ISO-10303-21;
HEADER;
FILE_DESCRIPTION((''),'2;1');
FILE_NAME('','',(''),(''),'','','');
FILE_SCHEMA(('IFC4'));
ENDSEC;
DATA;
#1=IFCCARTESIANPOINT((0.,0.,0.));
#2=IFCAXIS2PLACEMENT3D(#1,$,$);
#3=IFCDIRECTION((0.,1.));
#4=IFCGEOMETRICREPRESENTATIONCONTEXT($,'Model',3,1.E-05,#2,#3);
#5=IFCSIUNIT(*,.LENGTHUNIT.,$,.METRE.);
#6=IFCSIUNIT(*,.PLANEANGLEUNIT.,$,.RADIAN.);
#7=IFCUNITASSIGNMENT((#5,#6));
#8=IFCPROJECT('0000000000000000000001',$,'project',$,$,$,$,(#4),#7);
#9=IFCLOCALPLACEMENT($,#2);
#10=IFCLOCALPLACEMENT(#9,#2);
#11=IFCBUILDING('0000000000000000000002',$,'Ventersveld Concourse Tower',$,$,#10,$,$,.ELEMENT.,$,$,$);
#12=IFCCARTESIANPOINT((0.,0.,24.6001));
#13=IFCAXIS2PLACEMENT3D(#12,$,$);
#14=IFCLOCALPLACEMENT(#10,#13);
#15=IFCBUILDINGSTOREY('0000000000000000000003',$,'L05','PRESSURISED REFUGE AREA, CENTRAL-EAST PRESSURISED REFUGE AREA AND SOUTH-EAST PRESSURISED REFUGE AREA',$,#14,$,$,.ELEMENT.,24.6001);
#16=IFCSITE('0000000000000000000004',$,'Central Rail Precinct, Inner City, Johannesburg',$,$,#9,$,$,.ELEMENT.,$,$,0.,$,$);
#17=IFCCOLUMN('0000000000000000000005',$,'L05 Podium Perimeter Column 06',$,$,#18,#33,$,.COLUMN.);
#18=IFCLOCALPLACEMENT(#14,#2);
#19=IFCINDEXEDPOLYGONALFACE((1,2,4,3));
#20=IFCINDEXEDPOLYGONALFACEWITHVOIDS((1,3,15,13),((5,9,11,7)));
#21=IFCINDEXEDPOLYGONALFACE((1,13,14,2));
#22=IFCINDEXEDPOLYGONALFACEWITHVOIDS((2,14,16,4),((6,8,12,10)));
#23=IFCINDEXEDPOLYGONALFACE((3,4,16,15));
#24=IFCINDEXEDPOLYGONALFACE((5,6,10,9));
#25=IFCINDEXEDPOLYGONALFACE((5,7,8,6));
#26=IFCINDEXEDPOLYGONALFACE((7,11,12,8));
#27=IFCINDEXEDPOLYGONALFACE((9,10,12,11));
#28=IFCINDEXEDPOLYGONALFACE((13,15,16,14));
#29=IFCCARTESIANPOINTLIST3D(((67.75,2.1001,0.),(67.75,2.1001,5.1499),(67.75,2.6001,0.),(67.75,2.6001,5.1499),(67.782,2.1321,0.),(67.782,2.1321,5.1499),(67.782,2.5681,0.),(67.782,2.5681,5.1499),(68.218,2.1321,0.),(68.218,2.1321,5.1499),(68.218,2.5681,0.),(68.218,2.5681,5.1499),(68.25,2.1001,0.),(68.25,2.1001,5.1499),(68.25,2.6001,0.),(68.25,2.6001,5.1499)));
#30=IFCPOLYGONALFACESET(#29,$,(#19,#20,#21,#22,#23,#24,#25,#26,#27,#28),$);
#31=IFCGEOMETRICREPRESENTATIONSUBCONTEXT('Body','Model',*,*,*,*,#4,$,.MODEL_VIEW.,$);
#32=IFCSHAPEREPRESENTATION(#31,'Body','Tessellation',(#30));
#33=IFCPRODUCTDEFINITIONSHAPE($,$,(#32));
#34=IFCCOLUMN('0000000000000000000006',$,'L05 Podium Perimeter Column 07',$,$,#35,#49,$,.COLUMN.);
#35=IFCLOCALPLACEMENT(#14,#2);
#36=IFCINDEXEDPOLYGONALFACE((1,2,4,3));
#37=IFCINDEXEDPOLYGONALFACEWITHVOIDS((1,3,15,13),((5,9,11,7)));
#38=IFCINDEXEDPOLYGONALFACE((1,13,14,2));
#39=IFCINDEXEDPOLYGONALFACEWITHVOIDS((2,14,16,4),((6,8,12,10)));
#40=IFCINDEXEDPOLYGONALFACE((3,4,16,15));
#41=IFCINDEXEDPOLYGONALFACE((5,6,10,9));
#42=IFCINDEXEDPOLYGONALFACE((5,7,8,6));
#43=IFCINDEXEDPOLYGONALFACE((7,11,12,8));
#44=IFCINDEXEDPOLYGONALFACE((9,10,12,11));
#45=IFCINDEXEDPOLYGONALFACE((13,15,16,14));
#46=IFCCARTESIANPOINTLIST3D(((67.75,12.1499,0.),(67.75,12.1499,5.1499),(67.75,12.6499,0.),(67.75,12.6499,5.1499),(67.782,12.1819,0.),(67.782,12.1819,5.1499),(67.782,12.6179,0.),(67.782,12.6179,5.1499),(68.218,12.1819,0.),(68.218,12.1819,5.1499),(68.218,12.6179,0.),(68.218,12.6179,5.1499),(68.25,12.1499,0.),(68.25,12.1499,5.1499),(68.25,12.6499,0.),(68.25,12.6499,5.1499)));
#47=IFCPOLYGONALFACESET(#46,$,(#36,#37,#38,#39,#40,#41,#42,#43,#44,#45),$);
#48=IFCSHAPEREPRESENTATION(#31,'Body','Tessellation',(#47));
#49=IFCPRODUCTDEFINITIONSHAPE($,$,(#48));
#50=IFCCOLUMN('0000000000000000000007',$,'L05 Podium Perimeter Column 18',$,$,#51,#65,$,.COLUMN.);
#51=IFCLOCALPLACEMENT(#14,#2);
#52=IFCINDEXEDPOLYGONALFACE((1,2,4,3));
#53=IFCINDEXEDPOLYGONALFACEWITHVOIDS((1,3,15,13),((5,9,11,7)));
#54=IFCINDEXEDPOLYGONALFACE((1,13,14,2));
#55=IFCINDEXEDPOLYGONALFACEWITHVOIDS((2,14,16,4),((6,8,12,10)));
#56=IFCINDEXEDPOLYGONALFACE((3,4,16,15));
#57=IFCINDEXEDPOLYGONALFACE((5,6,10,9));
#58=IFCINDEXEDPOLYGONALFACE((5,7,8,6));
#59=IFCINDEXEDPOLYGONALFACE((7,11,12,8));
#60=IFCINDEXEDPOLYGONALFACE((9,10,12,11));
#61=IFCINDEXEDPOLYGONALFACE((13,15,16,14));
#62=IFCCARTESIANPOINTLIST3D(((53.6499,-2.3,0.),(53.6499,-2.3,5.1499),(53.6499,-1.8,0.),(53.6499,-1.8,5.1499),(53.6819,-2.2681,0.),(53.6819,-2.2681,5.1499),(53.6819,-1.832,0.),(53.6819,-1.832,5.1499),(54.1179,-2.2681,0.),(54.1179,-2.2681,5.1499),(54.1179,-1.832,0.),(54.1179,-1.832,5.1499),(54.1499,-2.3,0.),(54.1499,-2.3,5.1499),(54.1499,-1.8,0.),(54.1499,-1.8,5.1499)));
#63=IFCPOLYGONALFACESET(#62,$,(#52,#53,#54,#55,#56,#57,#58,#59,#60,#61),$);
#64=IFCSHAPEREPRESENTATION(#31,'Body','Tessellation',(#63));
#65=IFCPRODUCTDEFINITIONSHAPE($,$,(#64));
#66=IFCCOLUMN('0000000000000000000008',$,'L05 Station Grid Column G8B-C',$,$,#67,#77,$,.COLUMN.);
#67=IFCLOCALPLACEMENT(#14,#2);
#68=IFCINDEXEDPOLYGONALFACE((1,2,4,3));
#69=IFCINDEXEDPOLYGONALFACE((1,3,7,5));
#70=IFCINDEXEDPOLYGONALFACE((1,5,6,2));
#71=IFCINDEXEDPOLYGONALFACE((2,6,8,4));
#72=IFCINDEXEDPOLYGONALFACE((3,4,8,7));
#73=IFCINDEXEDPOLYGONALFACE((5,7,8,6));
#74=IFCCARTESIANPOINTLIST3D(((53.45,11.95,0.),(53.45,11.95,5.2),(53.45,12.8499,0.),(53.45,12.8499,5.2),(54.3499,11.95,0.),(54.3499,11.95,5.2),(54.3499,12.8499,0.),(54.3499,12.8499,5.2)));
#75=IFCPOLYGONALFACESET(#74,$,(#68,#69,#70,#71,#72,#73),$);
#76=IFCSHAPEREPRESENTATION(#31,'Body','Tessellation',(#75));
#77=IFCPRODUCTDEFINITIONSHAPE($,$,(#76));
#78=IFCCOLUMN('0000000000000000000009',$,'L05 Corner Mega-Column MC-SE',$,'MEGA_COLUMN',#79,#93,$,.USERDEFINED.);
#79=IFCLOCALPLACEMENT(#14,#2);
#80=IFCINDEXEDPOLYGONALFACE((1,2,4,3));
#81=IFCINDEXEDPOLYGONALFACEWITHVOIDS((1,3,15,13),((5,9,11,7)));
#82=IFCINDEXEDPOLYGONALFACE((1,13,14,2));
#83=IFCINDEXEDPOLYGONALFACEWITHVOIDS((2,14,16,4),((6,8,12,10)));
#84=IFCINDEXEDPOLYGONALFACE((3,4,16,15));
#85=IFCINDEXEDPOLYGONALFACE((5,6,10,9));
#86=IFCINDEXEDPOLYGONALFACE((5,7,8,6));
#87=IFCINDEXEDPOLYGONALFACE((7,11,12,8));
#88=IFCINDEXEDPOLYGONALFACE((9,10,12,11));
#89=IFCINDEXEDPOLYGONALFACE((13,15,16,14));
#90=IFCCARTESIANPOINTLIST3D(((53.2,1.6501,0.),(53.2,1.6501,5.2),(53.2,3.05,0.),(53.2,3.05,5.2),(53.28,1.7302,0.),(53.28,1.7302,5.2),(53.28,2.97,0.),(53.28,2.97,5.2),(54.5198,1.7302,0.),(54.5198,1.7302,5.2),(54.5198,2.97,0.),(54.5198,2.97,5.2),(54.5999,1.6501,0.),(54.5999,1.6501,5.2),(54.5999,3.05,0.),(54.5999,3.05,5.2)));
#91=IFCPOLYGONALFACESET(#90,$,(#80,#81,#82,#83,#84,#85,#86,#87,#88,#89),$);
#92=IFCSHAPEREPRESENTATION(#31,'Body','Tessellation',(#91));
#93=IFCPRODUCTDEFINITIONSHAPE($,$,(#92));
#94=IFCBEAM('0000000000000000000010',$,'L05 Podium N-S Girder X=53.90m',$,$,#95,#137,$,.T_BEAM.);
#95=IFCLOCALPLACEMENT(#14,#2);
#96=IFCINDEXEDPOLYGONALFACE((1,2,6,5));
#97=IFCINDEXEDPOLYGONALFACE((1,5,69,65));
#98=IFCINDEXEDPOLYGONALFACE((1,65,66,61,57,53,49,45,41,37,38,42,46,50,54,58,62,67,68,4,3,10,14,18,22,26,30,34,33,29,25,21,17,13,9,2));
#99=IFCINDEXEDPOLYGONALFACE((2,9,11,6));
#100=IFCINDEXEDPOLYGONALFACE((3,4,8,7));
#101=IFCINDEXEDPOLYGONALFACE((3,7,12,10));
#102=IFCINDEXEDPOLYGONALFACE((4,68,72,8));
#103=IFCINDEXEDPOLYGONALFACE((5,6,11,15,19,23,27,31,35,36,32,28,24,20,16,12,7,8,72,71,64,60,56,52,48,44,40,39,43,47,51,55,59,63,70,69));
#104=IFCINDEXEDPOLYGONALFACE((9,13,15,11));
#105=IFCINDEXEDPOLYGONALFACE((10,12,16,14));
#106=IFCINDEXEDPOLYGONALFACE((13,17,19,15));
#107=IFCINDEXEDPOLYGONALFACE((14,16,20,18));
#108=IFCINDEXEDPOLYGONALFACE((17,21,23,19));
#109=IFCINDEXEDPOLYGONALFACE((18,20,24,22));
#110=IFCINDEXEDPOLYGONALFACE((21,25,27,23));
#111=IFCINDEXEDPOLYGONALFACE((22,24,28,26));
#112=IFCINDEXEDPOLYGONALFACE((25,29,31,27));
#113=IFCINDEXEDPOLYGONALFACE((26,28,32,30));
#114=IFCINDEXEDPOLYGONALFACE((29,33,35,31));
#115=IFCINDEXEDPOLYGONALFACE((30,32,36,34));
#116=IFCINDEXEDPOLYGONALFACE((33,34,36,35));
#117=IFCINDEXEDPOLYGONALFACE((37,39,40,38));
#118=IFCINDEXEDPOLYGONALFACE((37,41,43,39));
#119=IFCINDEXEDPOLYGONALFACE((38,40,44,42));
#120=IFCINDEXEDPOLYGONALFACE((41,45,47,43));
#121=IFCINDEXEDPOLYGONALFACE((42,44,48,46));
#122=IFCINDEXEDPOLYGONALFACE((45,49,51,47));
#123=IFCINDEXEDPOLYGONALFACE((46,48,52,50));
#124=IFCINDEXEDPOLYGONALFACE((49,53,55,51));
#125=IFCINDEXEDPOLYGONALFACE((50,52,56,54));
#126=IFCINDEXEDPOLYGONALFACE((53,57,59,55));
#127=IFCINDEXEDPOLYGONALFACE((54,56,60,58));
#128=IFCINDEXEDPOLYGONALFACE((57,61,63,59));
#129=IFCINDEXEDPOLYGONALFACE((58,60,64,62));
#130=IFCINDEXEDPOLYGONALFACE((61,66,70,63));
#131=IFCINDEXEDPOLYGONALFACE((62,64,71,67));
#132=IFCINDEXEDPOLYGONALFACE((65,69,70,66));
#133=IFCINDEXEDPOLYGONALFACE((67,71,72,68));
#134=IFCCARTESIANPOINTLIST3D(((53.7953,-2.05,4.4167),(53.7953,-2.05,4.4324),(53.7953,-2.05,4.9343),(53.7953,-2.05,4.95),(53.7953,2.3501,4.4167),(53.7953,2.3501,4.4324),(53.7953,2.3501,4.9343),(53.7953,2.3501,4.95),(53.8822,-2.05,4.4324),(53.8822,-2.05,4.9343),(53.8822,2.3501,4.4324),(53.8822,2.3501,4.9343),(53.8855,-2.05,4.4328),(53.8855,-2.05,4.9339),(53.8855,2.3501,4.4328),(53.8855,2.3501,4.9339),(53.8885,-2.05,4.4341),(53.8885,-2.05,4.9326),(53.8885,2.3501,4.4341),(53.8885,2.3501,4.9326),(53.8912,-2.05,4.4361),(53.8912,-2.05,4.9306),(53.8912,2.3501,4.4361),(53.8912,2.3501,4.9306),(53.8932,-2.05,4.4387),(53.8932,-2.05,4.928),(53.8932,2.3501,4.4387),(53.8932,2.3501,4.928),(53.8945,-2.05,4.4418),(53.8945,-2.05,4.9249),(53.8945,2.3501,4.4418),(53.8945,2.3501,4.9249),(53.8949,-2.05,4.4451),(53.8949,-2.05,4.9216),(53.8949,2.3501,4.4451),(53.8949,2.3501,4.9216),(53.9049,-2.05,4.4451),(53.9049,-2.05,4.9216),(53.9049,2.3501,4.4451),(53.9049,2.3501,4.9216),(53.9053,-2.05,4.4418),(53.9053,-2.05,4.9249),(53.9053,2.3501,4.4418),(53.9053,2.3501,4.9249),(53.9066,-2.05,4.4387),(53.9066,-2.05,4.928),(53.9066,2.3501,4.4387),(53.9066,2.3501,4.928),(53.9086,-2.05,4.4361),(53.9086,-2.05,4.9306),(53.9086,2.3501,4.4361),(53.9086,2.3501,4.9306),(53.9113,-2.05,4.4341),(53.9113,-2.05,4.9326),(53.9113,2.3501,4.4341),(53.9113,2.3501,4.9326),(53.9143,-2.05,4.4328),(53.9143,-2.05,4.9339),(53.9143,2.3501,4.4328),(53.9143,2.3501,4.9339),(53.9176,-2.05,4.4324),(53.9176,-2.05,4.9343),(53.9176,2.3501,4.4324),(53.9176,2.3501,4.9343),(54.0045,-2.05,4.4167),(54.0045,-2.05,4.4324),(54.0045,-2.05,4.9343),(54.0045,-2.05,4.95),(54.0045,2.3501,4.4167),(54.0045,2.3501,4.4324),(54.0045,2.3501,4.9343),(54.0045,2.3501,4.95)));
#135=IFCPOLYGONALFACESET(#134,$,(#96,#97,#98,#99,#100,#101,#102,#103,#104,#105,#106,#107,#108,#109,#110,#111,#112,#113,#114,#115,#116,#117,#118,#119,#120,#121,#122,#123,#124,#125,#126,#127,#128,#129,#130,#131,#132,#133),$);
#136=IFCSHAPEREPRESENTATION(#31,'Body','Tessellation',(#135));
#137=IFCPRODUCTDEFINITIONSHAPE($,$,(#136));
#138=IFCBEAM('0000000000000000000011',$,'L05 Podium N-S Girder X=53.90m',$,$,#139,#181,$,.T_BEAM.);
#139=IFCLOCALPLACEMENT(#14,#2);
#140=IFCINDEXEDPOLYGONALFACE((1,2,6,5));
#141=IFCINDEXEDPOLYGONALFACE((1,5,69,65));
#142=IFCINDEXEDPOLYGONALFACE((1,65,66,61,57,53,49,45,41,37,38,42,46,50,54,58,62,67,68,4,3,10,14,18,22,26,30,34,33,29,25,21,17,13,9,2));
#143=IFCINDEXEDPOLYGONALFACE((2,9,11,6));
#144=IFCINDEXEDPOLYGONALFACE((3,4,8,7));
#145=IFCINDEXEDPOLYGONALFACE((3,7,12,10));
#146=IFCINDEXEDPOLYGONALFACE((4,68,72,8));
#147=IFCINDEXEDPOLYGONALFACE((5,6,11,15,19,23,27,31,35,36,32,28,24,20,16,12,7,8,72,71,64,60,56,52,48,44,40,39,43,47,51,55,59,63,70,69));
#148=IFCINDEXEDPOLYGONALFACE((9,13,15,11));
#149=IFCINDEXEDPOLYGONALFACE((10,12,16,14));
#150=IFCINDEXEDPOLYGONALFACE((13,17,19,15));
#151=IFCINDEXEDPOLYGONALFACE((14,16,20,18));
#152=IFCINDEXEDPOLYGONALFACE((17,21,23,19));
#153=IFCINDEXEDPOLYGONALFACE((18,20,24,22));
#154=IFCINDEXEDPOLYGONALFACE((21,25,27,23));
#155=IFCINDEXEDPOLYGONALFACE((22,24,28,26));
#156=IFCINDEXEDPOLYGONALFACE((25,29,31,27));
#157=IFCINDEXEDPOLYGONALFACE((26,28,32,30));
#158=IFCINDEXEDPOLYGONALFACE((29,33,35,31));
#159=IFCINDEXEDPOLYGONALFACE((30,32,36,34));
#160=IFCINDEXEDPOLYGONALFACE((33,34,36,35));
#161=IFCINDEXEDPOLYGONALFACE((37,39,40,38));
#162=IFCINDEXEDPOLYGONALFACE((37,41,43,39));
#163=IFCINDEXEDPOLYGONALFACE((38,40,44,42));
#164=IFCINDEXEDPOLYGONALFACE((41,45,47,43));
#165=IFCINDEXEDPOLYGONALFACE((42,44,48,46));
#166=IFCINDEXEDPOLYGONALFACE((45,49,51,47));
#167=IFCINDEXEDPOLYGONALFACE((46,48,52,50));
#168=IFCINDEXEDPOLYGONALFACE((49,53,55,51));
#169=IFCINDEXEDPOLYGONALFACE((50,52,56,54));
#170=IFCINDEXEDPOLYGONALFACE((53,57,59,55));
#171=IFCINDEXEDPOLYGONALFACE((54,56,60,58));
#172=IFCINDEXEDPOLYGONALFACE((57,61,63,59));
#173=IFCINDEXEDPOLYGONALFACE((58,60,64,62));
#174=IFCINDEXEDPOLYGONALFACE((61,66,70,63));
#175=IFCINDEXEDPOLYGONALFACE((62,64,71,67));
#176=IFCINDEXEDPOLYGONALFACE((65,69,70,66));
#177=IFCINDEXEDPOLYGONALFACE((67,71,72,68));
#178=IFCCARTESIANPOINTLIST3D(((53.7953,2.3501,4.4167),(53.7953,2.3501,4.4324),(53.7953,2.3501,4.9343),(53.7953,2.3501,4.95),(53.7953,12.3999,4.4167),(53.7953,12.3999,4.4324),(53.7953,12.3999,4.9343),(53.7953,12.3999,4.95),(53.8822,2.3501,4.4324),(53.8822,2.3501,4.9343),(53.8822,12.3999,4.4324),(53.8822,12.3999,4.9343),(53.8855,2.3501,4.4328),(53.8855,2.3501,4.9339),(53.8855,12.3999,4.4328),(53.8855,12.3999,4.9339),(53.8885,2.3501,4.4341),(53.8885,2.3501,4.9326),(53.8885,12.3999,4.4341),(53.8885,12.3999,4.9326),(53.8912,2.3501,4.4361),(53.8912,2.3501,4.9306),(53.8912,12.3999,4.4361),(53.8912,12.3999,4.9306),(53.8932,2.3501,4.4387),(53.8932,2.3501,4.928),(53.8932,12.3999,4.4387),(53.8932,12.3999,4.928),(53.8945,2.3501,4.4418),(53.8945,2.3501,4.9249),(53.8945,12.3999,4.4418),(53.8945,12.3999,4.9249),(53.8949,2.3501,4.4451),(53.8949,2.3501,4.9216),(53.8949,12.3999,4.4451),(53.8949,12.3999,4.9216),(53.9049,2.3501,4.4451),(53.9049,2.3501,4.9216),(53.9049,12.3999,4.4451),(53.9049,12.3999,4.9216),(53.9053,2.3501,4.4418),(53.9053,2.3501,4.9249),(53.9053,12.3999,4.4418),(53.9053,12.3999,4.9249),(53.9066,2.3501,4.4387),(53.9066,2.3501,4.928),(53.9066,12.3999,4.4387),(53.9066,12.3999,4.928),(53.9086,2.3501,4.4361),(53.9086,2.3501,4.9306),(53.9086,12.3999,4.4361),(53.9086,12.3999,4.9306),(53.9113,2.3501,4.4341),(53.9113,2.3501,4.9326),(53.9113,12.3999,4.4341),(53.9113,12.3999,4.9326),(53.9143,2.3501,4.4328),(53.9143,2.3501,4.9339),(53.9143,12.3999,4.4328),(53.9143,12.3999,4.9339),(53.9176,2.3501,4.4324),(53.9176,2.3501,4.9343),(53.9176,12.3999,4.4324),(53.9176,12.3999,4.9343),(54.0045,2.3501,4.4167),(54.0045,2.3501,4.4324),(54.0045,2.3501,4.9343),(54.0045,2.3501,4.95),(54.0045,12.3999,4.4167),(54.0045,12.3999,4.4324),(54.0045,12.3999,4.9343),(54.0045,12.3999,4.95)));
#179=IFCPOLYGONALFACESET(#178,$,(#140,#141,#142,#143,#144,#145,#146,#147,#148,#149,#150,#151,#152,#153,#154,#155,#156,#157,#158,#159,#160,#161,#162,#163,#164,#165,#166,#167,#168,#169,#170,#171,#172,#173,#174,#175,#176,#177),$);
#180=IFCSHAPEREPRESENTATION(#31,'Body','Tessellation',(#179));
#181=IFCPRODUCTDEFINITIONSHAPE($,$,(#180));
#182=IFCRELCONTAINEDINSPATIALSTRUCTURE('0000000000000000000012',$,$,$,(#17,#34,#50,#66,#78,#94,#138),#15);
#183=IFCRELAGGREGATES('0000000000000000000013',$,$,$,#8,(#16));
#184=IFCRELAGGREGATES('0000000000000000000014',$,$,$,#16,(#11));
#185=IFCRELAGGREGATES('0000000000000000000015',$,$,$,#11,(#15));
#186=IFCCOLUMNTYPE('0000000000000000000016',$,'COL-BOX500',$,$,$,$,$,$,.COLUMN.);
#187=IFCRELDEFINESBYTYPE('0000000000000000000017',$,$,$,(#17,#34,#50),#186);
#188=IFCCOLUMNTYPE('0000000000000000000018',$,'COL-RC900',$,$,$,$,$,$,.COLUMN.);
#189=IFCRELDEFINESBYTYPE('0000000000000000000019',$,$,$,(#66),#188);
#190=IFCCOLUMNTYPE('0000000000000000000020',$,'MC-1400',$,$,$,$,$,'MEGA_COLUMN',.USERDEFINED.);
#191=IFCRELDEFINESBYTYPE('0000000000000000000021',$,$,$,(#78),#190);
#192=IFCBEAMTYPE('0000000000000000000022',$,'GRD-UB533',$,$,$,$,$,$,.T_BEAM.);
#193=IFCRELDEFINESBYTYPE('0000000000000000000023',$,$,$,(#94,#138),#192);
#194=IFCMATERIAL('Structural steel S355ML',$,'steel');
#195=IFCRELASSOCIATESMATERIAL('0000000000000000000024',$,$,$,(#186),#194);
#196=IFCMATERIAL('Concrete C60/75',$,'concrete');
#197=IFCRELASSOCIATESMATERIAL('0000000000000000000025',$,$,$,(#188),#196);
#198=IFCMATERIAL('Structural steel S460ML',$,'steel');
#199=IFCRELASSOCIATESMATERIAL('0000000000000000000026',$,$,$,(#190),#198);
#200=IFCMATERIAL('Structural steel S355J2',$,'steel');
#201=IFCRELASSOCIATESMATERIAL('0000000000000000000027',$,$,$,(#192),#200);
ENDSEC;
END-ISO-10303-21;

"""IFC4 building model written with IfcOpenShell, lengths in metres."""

from ifc_helpers import new_model, si_unit, direction, frame, origin, origin_2d, place, context, subcontext, project, spatial, rectangle, hollow_rectangle, i_section, extrude, material, material_profile, profile_set, type_object, element, save


model = new_model("IFC4")

# Units and contexts
model_context = context("Model", 3, precision=1e-05, world=origin(), true_north=direction((0.0, 1.0)))
body_context = subcontext(model_context, "Body", "Model", "MODEL_VIEW")
ifc_project = project(units=[si_unit("LENGTHUNIT", "METRE"), si_unit("PLANEANGLEUNIT", "RADIAN")], contexts=[model_context])

# Site, building, storey
site_placement = place(None, origin())
site = spatial("IfcSite", under=ifc_project, at=site_placement, Name="Central Rail Precinct, Inner City, Johannesburg", CompositionType="ELEMENT", RefElevation=0.0)
building_placement = place(site_placement, origin())
building = spatial("IfcBuilding", under=site, at=building_placement, Name="Ventersveld Concourse Tower", CompositionType="ELEMENT")
storey_placement = place(building_placement, frame((0.0, 0.0, 24.6001)))
storey = spatial("IfcBuildingStorey", under=building, at=storey_placement, Name="L05", Description="PRESSURISED REFUGE AREA, CENTRAL-EAST PRESSURISED REFUGE AREA AND SOUTH-EAST PRESSURISED REFUGE AREA", CompositionType="ELEMENT", Elevation=24.6001)

# Columns
ifc_material_1 = material(Name="Structural steel S355ML", Category="steel")
ifc_material_profile_1 = material_profile(ifc_material_1, hollow_rectangle(XDim=0.5, YDim=0.5, WallThickness=0.032, at=origin_2d()), Name="BOX 500x500x32")
ifc_profile_set_1 = profile_set([ifc_material_profile_1], Name="Structural steel S355ML")
column_type_1 = type_object("IfcColumnType", Name="COL-BOX500", PredefinedType="COLUMN", material=ifc_profile_set_1)
for number, where, z_axis, x_axis, name in (
    (1, (68.0, 2.3501, 0.0), (0.0, 0.0, 1.0), (1.0, 0.0, 0.0), "L05 Podium Perimeter Column 06"),
    (2, (68.0, 12.3999, 0.0), (0.0, 0.0, 1.0), (1.0, 0.0, 0.0), "L05 Podium Perimeter Column 07"),
    (3, (53.8999, -2.05, 0.0), (0.0, 0.0, 1.0), (1.0, 0.0, 0.0), "L05 Podium Perimeter Column 18"),
):
    element("IfcColumn", number, at=place(storey_placement, frame(where, z_axis=z_axis, x_axis=x_axis)), inside=storey, type_object=column_type_1, Name=name, PredefinedType="COLUMN", context=body_context, shape_type="SweptSolid", body=[
        extrude(hollow_rectangle(XDim=0.5, YDim=0.5, WallThickness=0.032, at=origin_2d()), origin(), (0.0, 0.0, 1.0), 5.1499),
    ])
ifc_material_2 = material(Name="Concrete C60/75", Category="concrete")
ifc_material_profile_2 = material_profile(ifc_material_2, rectangle(XDim=0.8999, YDim=0.8999, at=origin_2d()), Name="RC 900x900")
ifc_profile_set_2 = profile_set([ifc_material_profile_2], Name="Concrete C60/75")
column_type_2 = type_object("IfcColumnType", Name="COL-RC900", PredefinedType="COLUMN", material=ifc_profile_set_2)
column_1_placement = place(storey_placement, frame((53.8999, 12.3999, 0.0), z_axis=(0.0, 0.0, 1.0), x_axis=(1.0, 0.0, 0.0)))
element("IfcColumn", 4, at=column_1_placement, inside=storey, type_object=column_type_2, Name="L05 Station Grid Column G8B-C", PredefinedType="COLUMN", context=body_context, shape_type="SweptSolid", body=[
    extrude(rectangle(XDim=0.8999, YDim=0.8999, at=origin_2d()), origin(), (0.0, 0.0, 1.0), 5.2),
])
ifc_material_3 = material(Name="Structural steel S460ML", Category="steel")
ifc_material_profile_3 = material_profile(ifc_material_3, hollow_rectangle(XDim=1.3999, YDim=1.3999, WallThickness=0.0801, at=origin_2d()), Name="BOX 1400x1400x80")
ifc_profile_set_3 = profile_set([ifc_material_profile_3], Name="Structural steel S460ML")
column_type_3 = type_object("IfcColumnType", Name="MC-1400", ElementType="MEGA_COLUMN", PredefinedType="USERDEFINED", material=ifc_profile_set_3)
column_2_placement = place(storey_placement, frame((53.8999, 2.3501, 0.0), z_axis=(0.0, 0.0, 1.0), x_axis=(1.0, 0.0, 0.0)))
element("IfcColumn", 5, at=column_2_placement, inside=storey, type_object=column_type_3, Name="L05 Corner Mega-Column MC-SE", ObjectType="MEGA_COLUMN", PredefinedType="USERDEFINED", context=body_context, shape_type="SweptSolid", body=[
    extrude(hollow_rectangle(XDim=1.3999, YDim=1.3999, WallThickness=0.0801, at=origin_2d()), origin(), (0.0, 0.0, 1.0), 5.2),
])

# Beams
ifc_material_4 = material(Name="Structural steel S355J2", Category="steel")
ifc_material_profile_4 = material_profile(ifc_material_4, i_section(OverallWidth=0.2092, OverallDepth=0.5332, WebThickness=0.01, FlangeThickness=0.0156, FilletRadius=0.0127, at=origin_2d()), Name="UB 533x210x92")
ifc_profile_set_4 = profile_set([ifc_material_profile_4], Name="Structural steel S355J2")
beam_type_1 = type_object("IfcBeamType", Name="GRD-UB533", PredefinedType="T_BEAM", material=ifc_profile_set_4)
beam_1_placement = place(storey_placement, frame((53.8999, -2.05, 4.6833), z_axis=(0.0, 1.0, 0.0), x_axis=(-1.0, 0.0, 0.0)))
element("IfcBeam", 6, at=beam_1_placement, inside=storey, type_object=beam_type_1, Name="L05 Podium N-S Girder X=53.90m", PredefinedType="T_BEAM", context=body_context, shape_type="SweptSolid", body=[
    extrude(i_section(OverallWidth=0.2092, OverallDepth=0.5332, WebThickness=0.01, FlangeThickness=0.0156, FilletRadius=0.0127, at=origin_2d()), origin(), (0.0, 0.0, 1.0), 4.4001),
])
beam_2_placement = place(storey_placement, frame((53.8999, 2.3501, 4.6833), z_axis=(0.0, 1.0, 0.0), x_axis=(-1.0, 0.0, 0.0)))
element("IfcBeam", 7, at=beam_2_placement, inside=storey, type_object=beam_type_1, Name="L05 Podium N-S Girder X=53.90m", PredefinedType="T_BEAM", context=body_context, shape_type="SweptSolid", body=[
    extrude(i_section(OverallWidth=0.2092, OverallDepth=0.5332, WebThickness=0.01, FlangeThickness=0.0156, FilletRadius=0.0127, at=origin_2d()), origin(), (0.0, 0.0, 1.0), 10.0498),
])

save(model, "model.ifc")
